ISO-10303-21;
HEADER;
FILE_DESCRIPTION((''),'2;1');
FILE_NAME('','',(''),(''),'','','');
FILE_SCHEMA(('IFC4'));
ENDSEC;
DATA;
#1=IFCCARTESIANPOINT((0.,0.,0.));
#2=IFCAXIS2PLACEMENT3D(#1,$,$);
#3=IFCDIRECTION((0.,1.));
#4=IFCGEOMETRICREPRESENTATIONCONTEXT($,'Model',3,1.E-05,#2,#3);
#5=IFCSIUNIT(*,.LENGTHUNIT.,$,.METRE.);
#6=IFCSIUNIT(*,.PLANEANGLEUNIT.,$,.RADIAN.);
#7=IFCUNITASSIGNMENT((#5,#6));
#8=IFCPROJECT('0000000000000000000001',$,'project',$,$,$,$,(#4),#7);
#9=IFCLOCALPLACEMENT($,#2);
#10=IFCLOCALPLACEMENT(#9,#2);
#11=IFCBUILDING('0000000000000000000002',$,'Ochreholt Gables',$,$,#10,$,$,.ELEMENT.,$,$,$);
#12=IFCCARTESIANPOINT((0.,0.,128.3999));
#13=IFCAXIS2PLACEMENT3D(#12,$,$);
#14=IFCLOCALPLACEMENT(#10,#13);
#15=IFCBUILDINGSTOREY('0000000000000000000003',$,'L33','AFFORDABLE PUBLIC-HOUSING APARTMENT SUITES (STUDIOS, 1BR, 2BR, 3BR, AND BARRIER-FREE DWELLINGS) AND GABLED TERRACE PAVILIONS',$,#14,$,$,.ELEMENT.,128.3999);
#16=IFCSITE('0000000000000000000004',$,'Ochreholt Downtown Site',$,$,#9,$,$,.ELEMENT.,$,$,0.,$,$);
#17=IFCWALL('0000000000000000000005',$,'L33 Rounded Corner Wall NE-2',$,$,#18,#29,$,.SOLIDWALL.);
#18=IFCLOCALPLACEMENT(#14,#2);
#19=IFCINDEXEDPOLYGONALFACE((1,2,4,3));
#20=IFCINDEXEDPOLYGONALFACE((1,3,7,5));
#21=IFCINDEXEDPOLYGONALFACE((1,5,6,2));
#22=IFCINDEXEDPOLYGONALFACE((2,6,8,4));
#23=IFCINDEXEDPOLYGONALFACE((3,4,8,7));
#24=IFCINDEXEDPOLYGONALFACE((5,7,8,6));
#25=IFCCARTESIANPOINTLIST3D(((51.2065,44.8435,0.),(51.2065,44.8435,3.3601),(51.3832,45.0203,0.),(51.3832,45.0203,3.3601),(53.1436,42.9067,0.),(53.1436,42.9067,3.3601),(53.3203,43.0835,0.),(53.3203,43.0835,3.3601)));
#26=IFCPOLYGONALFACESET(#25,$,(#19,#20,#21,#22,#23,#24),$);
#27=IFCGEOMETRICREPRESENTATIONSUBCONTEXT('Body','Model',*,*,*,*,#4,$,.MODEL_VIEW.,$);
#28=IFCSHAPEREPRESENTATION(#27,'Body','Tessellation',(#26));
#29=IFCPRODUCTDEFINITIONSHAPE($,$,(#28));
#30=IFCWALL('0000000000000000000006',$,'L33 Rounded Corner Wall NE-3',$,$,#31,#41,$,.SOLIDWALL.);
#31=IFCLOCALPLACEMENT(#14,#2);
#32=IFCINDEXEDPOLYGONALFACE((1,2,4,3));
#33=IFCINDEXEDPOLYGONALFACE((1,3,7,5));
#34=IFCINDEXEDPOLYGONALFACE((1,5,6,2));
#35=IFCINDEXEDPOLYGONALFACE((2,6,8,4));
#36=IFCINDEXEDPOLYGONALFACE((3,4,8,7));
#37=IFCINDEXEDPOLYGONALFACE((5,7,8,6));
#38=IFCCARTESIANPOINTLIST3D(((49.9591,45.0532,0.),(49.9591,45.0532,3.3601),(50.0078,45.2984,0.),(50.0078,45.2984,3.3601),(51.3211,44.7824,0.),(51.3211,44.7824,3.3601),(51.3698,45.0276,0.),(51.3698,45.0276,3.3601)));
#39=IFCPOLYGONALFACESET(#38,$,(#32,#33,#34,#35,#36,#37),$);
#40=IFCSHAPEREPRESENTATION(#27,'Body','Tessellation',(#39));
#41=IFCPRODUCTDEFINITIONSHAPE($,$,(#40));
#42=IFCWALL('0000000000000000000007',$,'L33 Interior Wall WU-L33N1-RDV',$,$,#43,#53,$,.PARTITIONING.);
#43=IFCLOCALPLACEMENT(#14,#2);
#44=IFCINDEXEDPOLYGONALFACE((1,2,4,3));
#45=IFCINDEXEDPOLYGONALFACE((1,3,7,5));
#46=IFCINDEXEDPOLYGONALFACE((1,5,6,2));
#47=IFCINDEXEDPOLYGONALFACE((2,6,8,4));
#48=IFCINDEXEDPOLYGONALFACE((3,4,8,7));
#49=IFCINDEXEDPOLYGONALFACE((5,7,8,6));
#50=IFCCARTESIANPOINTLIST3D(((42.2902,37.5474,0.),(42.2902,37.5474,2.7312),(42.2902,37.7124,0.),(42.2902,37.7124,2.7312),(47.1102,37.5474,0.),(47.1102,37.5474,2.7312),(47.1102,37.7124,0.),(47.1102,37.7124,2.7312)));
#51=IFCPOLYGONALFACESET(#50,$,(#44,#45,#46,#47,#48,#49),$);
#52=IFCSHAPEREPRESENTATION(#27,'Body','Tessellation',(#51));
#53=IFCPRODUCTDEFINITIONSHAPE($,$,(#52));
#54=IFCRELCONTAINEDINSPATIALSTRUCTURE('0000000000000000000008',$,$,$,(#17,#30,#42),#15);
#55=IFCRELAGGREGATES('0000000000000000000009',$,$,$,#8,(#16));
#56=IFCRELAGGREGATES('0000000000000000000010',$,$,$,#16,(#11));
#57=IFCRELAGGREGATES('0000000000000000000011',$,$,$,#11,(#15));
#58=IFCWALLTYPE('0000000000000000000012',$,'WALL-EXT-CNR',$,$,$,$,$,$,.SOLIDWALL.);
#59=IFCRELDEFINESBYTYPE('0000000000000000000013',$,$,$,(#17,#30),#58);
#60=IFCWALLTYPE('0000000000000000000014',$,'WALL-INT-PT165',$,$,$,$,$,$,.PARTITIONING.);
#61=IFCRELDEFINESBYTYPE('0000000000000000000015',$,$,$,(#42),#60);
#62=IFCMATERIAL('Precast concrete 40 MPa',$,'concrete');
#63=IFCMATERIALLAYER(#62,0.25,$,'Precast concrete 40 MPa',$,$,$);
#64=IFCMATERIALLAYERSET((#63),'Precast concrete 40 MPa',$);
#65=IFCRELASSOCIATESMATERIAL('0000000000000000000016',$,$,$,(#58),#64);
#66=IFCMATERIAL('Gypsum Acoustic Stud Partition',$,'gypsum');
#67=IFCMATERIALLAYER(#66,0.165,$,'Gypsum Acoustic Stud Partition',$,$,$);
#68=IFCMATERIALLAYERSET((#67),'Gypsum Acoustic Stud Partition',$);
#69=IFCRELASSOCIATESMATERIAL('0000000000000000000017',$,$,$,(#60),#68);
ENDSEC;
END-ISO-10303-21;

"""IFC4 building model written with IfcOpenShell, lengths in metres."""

from ifc_helpers import new_model, si_unit, direction, frame, frame_2d, origin, place, context, subcontext, project, spatial, rectangle, extrude, material, layer, layer_set, type_object, element, save


model = new_model("IFC4")

# Units and contexts
model_context = context("Model", 3, precision=1e-05, world=origin(), true_north=direction((0.0, 1.0)))
body_context = subcontext(model_context, "Body", "Model", "MODEL_VIEW")
ifc_project = project(units=[si_unit("LENGTHUNIT", "METRE"), si_unit("PLANEANGLEUNIT", "RADIAN")], contexts=[model_context])

# Site, building, storey
site_placement = place(None, origin())
site = spatial("IfcSite", under=ifc_project, at=site_placement, Name="Ochreholt Downtown Site", CompositionType="ELEMENT", RefElevation=0.0)
building_placement = place(site_placement, origin())
building = spatial("IfcBuilding", under=site, at=building_placement, Name="Ochreholt Gables", CompositionType="ELEMENT")
storey_placement = place(building_placement, frame((0.0, 0.0, 128.3999)))
storey = spatial("IfcBuildingStorey", under=building, at=storey_placement, Name="L33", Description="AFFORDABLE PUBLIC-HOUSING APARTMENT SUITES (STUDIOS, 1BR, 2BR, 3BR, AND BARRIER-FREE DWELLINGS) AND GABLED TERRACE PAVILIONS", CompositionType="ELEMENT", Elevation=128.3999)

# Shared definitions
ifc_material_1 = material(Name="Precast concrete 40 MPa", Category="concrete")

# Walls
ifc_layer_1 = layer(ifc_material_1, 0.25, Name="Precast concrete 40 MPa")
ifc_layer_set_1 = layer_set([ifc_layer_1], Name="Precast concrete 40 MPa")
wall_type_1 = type_object("IfcWallType", Name="WALL-EXT-CNR", PredefinedType="SOLIDWALL", material=ifc_layer_set_1)
wall_1_placement = place(storey_placement, frame((53.2319, 42.9951, 0.0), z_axis=(0.0, 0.0, 1.0), x_axis=(-0.707151, 0.707062, 0.0)))
element("IfcWall", 1, at=wall_1_placement, inside=storey, type_object=wall_type_1, Name="L33 Rounded Corner Wall NE-2", PredefinedType="SOLIDWALL", context=body_context, shape_type="SweptSolid", body=[
    extrude(rectangle(XDim=2.7393, YDim=0.25, at=frame_2d((1.3696, 0.0))), origin(), (0.0, 0.0, 1.0), 3.3601),
])
wall_2_placement = place(storey_placement, frame((51.3455, 44.905, 0.0), z_axis=(0.0, 0.0, 1.0), x_axis=(-0.98081, 0.194967, 0.0)))
element("IfcWall", 2, at=wall_2_placement, inside=storey, type_object=wall_type_1, Name="L33 Rounded Corner Wall NE-3", PredefinedType="SOLIDWALL", context=body_context, shape_type="SweptSolid", body=[
    extrude(rectangle(XDim=1.3887, YDim=0.25, at=frame_2d((0.6943, 0.0))), origin(), (0.0, 0.0, 1.0), 3.3601),
])

# Wall
ifc_material_2 = material(Name="Gypsum Acoustic Stud Partition", Category="gypsum")
ifc_layer_2 = layer(ifc_material_2, 0.165, Name="Gypsum Acoustic Stud Partition")
ifc_layer_set_2 = layer_set([ifc_layer_2], Name="Gypsum Acoustic Stud Partition")
wall_type_2 = type_object("IfcWallType", Name="WALL-INT-PT165", PredefinedType="PARTITIONING", material=ifc_layer_set_2)
wall_3_placement = place(storey_placement, frame((42.29, 37.6299, 0.0), z_axis=(0.0, 0.0, 1.0), x_axis=(1.0, 0.0, 0.0)))
element("IfcWall", 3, at=wall_3_placement, inside=storey, type_object=wall_type_2, Name="L33 Interior Wall WU-L33N1-RDV", PredefinedType="PARTITIONING", context=body_context, shape_type="SweptSolid", body=[
    extrude(rectangle(XDim=4.8201, YDim=0.165, at=frame_2d((2.4102, 0.0))), origin(), (0.0, 0.0, 1.0), 2.7312),
])

save(model, "model.ifc")
